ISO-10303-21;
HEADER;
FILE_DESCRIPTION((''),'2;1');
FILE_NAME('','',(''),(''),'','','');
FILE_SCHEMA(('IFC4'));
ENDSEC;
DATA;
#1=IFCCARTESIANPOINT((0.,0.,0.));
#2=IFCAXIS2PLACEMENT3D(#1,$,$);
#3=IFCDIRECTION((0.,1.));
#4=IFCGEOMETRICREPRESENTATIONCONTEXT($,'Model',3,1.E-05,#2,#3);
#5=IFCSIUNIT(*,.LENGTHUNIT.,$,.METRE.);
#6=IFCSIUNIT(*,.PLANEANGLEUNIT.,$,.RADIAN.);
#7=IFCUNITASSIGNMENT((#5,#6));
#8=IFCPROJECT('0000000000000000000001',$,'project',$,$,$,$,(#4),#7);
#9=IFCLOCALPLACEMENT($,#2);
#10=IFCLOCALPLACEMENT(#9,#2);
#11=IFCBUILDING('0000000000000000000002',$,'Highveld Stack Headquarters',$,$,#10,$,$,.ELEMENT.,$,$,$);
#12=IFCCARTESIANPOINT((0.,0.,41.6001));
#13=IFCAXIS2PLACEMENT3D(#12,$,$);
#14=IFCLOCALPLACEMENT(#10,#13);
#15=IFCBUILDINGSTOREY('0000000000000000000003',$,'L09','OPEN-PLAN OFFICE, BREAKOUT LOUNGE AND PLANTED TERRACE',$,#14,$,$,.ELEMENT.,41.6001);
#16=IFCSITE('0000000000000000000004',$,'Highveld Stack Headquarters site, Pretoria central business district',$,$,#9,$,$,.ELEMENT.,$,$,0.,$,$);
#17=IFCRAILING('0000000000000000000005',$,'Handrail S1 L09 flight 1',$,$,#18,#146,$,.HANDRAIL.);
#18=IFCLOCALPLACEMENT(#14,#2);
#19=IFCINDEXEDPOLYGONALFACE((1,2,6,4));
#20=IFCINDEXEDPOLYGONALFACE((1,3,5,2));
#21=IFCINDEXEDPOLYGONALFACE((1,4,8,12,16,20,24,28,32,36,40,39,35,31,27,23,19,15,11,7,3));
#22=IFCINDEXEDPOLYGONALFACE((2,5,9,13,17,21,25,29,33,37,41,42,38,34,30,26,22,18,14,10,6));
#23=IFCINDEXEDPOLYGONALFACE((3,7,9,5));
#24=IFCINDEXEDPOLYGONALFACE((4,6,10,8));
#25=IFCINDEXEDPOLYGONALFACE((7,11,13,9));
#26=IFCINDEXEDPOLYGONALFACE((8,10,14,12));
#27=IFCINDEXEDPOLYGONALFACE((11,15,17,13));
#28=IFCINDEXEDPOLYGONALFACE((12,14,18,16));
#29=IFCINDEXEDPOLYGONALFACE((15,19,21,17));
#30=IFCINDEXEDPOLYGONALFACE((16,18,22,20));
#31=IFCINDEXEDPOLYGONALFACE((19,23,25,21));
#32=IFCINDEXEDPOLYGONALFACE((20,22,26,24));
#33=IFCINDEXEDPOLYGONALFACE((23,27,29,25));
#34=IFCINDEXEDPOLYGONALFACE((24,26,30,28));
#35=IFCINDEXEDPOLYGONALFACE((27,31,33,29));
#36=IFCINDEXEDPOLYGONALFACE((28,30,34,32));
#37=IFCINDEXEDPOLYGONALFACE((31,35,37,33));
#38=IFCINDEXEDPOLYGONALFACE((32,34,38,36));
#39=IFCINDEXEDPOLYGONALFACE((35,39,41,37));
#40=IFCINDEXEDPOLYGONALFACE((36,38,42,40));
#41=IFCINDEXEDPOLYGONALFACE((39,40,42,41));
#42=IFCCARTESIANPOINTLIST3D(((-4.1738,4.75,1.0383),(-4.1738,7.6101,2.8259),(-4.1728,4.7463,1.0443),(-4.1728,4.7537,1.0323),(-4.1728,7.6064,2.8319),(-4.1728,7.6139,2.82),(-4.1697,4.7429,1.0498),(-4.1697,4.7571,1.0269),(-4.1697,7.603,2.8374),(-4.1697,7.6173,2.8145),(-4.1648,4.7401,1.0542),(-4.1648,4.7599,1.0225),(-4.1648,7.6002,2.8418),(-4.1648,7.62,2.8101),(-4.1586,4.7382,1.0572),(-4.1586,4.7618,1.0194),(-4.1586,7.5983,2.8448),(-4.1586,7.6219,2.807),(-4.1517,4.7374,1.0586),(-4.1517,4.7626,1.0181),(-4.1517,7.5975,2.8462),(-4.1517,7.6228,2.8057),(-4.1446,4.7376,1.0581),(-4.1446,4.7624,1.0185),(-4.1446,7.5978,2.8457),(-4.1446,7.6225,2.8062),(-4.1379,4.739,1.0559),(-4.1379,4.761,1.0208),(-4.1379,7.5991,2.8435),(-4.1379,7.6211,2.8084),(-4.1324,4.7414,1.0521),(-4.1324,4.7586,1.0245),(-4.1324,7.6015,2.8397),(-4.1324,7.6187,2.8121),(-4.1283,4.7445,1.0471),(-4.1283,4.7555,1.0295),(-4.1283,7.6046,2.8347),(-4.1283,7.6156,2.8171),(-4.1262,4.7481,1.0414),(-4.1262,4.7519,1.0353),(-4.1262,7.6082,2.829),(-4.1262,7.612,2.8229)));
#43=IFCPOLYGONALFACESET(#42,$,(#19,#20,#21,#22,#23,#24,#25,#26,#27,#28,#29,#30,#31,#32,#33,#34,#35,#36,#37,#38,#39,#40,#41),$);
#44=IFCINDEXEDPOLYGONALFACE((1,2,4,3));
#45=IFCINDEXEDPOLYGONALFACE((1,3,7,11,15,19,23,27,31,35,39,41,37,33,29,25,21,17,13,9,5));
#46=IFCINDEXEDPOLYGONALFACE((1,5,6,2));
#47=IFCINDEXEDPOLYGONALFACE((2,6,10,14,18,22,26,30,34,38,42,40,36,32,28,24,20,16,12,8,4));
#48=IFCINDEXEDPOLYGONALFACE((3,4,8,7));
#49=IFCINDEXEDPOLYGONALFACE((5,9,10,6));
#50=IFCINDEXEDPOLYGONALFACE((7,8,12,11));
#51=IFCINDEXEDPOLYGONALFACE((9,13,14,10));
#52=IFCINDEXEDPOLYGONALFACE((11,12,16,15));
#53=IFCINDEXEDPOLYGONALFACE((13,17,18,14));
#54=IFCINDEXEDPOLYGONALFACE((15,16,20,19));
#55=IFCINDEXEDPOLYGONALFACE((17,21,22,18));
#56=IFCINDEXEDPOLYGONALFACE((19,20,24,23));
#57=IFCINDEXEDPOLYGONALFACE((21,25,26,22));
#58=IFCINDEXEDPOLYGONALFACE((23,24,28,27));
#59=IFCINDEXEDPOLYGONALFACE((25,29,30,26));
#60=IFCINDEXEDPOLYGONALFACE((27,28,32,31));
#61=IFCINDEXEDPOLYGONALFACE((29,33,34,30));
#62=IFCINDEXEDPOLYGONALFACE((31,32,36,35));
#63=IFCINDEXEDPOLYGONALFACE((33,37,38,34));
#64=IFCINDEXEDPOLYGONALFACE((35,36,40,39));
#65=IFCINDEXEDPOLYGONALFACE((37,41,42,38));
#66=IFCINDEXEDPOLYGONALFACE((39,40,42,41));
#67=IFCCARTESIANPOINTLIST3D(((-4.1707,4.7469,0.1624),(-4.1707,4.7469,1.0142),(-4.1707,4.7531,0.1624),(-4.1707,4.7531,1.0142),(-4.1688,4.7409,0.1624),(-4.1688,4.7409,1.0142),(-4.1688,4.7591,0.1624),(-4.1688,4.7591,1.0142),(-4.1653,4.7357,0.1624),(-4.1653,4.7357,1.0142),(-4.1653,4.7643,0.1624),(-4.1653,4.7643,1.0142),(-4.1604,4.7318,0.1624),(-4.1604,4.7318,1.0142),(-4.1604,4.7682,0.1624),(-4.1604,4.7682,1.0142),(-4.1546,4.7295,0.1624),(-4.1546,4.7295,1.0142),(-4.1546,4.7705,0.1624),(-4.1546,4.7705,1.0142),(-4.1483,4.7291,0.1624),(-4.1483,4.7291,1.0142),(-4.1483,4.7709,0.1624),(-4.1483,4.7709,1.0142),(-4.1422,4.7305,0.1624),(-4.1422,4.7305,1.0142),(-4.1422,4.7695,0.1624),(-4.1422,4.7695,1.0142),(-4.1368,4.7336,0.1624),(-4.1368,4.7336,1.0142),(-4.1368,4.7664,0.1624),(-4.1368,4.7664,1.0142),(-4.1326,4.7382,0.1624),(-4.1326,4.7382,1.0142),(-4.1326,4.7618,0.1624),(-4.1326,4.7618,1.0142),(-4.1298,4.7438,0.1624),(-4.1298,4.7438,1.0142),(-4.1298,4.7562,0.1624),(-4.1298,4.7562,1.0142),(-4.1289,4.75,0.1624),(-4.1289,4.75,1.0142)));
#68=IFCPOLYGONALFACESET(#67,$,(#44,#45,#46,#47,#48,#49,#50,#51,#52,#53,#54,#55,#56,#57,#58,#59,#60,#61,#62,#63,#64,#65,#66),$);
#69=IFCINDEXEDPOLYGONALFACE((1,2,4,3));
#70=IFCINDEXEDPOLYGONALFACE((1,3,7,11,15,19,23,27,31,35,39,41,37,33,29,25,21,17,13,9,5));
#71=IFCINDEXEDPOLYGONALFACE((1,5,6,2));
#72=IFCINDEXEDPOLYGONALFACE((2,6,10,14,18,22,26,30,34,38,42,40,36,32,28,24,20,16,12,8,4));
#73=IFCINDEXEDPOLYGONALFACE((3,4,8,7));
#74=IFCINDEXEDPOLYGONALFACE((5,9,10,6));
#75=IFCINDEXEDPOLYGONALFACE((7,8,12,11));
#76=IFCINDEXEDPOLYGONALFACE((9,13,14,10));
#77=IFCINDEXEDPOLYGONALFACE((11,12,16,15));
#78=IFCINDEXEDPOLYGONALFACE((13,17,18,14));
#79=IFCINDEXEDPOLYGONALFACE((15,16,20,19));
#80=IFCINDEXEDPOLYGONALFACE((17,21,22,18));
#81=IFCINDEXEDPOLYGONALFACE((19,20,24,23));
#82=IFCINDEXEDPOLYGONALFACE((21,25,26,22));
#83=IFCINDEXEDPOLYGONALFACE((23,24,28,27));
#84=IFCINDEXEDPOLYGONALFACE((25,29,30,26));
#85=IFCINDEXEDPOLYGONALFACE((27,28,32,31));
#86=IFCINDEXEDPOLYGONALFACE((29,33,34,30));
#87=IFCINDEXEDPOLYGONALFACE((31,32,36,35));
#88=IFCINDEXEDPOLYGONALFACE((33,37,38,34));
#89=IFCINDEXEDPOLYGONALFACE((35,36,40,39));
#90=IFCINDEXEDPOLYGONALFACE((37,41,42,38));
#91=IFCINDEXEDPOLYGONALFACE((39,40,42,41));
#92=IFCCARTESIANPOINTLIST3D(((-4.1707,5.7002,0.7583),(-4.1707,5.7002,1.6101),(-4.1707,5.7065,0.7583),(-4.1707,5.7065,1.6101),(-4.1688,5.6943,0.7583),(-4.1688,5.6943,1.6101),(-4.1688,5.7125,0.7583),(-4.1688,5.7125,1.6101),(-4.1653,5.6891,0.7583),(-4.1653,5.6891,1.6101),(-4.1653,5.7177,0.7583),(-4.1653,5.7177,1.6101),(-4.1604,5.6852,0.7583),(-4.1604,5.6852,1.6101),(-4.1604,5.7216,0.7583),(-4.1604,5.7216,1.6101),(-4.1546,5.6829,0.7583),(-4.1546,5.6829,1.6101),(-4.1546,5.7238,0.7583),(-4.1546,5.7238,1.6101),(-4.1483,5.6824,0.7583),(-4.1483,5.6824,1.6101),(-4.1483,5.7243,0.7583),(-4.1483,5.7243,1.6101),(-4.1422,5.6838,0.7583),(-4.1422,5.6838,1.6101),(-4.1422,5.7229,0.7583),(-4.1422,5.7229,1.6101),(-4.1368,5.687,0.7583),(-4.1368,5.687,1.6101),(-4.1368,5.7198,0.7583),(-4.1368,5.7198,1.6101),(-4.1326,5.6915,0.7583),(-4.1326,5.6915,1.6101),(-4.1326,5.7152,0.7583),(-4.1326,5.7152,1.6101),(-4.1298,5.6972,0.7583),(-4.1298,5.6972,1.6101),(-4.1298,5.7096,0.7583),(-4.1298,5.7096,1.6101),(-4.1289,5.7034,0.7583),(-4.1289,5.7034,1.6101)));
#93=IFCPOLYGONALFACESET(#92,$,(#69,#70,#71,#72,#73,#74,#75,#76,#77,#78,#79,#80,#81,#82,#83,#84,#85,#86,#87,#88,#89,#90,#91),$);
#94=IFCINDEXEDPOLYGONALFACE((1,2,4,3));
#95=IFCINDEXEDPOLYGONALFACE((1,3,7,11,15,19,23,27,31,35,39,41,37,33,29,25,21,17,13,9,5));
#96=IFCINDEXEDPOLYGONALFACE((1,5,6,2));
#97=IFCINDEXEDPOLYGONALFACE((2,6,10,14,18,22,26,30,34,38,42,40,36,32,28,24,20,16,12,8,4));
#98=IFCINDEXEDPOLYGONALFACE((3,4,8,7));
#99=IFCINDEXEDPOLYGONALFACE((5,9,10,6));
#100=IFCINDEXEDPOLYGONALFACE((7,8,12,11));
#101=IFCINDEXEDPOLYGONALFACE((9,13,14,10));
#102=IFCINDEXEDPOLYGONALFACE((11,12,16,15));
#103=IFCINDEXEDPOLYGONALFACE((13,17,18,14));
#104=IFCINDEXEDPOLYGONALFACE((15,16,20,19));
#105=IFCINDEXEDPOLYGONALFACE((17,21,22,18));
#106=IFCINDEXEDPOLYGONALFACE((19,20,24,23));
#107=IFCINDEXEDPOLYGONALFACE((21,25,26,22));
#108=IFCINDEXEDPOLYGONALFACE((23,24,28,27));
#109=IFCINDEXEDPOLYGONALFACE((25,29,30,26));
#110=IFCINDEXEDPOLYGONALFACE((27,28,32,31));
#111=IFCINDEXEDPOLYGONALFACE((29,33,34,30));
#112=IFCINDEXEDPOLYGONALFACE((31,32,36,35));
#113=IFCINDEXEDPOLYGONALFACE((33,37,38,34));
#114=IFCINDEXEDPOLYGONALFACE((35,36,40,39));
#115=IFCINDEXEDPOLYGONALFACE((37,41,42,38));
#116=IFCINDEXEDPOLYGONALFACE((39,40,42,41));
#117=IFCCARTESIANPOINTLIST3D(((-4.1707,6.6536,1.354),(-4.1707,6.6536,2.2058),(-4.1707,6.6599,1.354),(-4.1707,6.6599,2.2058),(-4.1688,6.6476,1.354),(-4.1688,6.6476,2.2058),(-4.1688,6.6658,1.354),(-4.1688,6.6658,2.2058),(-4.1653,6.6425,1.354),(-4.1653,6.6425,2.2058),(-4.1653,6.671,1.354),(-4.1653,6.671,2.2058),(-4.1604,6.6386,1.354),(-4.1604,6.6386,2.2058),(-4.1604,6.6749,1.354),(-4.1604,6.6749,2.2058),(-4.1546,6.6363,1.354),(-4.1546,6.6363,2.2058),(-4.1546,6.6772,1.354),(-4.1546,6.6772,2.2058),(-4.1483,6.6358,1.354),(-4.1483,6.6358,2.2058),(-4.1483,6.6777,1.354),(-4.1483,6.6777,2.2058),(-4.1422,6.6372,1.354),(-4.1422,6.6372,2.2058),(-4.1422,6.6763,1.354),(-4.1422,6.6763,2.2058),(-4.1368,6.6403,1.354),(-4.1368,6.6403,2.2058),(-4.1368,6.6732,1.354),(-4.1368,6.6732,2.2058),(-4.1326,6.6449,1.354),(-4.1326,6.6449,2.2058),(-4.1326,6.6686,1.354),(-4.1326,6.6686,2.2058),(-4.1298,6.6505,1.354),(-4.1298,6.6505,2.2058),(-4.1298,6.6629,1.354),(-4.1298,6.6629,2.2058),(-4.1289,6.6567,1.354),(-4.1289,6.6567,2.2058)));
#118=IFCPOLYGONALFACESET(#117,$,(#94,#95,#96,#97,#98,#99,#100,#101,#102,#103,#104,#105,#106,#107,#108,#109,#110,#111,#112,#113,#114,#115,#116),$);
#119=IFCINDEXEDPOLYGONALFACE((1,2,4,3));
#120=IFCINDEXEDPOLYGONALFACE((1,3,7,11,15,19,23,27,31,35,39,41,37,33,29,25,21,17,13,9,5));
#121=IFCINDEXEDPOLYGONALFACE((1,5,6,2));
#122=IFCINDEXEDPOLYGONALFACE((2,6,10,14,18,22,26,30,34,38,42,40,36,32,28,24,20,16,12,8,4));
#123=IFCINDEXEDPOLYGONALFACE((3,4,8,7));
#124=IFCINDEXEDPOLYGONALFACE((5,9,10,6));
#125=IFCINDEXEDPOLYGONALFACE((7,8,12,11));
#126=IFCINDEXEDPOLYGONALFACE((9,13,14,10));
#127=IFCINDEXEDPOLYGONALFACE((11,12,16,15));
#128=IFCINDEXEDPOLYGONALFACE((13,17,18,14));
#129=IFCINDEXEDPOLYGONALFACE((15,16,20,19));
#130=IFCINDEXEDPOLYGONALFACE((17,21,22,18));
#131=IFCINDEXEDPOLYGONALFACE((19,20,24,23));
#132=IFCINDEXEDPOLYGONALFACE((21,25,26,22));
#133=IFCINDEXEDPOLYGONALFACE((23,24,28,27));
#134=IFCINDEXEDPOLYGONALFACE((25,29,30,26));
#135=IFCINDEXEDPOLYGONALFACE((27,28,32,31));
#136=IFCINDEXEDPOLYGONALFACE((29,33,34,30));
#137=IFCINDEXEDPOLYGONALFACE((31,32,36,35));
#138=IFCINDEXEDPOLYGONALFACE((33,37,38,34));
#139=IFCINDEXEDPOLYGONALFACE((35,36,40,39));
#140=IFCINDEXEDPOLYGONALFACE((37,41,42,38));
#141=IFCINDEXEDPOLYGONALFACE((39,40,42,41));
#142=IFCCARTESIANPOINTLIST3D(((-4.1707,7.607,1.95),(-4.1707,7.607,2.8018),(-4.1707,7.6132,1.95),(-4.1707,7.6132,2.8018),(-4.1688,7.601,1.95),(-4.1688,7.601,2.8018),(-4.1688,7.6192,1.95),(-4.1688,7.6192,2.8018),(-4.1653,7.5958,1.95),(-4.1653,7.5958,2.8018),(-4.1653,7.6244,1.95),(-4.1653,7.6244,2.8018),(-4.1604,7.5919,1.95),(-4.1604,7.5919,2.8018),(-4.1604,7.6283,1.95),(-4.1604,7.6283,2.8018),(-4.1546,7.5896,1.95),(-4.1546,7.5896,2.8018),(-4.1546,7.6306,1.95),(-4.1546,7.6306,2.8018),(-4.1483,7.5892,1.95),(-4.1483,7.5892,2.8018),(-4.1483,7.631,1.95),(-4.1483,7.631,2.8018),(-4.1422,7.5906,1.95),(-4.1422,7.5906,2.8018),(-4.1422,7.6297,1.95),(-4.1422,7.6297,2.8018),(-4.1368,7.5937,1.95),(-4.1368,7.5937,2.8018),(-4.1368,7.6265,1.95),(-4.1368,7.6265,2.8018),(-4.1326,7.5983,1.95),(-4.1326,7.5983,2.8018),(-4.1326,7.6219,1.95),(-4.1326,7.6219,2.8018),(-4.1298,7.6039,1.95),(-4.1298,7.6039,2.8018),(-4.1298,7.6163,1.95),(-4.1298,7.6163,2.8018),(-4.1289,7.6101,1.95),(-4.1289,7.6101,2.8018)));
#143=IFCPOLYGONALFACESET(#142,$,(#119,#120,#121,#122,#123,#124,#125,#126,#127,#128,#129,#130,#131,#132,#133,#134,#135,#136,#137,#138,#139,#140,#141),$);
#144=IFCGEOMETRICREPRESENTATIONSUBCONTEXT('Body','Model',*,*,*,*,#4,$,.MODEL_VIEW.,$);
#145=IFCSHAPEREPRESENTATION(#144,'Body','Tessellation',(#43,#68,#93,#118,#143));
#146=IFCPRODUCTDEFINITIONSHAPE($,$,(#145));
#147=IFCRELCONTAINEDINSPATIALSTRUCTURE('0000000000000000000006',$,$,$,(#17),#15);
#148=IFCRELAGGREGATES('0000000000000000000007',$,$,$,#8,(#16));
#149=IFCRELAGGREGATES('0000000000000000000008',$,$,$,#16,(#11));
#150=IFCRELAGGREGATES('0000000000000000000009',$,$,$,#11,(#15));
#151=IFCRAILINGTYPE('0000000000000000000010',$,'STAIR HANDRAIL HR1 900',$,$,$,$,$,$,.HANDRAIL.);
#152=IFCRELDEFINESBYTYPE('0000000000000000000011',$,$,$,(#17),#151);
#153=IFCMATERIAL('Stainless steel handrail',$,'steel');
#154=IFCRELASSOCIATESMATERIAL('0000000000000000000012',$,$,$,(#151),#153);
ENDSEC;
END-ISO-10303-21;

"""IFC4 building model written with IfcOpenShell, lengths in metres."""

from ifc_helpers import new_model, si_unit, direction, frame, origin, origin_2d, place, context, subcontext, project, spatial, circle, extrude, material, type_object, element, save


model = new_model("IFC4")

# Units and contexts
model_context = context("Model", 3, precision=1e-05, world=origin(), true_north=direction((0.0, 1.0)))
body_context = subcontext(model_context, "Body", "Model", "MODEL_VIEW")
ifc_project = project(units=[si_unit("LENGTHUNIT", "METRE"), si_unit("PLANEANGLEUNIT", "RADIAN")], contexts=[model_context])

# Site, building, storey
site_placement = place(None, origin())
site = spatial("IfcSite", under=ifc_project, at=site_placement, Name="Highveld Stack Headquarters site, Pretoria central business district", CompositionType="ELEMENT", RefElevation=0.0)
building_placement = place(site_placement, origin())
building = spatial("IfcBuilding", under=site, at=building_placement, Name="Highveld Stack Headquarters", CompositionType="ELEMENT")
storey_placement = place(building_placement, frame((0.0, 0.0, 41.6001)))
storey = spatial("IfcBuildingStorey", under=building, at=storey_placement, Name="L09", Description="OPEN-PLAN OFFICE, BREAKOUT LOUNGE AND PLANTED TERRACE", CompositionType="ELEMENT", Elevation=41.6001)

# Railing
ifc_material_1 = material(Name="Stainless steel handrail", Category="steel")
railing_type = type_object("IfcRailingType", Name="STAIR HANDRAIL HR1 900", PredefinedType="HANDRAIL", material=ifc_material_1)
for number, where, name in (
    (1, (-4.1499, 4.75, 0.1624), "Handrail S1 L09 flight 1"),
):
    element("IfcRailing", number, at=place(storey_placement, frame(where)), inside=storey, type_object=railing_type, Name=name, PredefinedType="HANDRAIL", context=body_context, shape_type="SweptSolid", body=[
        extrude(circle(Radius=0.0239, at=origin_2d()), frame((0.0, 0.0, 0.876), z_axis=(0.0, 0.847994, 0.530005), x_axis=(-1.0, 0.0, 0.0)), (0.0, 0.0, 1.0), 3.3728),
        extrude(circle(Radius=0.021, at=origin_2d()), origin(), (0.0, 0.0, 1.0), 0.8518),
        extrude(circle(Radius=0.021, at=origin_2d()), frame((0.0, 0.9534, 0.5959)), (0.0, 0.0, 1.0), 0.8518),
        extrude(circle(Radius=0.021, at=origin_2d()), frame((0.0, 1.9067, 1.1917)), (0.0, 0.0, 1.0), 0.8518),
        extrude(circle(Radius=0.021, at=origin_2d()), frame((0.0, 2.8601, 1.7876)), (0.0, 0.0, 1.0), 0.8518),
    ])

save(model, "model.ifc")
